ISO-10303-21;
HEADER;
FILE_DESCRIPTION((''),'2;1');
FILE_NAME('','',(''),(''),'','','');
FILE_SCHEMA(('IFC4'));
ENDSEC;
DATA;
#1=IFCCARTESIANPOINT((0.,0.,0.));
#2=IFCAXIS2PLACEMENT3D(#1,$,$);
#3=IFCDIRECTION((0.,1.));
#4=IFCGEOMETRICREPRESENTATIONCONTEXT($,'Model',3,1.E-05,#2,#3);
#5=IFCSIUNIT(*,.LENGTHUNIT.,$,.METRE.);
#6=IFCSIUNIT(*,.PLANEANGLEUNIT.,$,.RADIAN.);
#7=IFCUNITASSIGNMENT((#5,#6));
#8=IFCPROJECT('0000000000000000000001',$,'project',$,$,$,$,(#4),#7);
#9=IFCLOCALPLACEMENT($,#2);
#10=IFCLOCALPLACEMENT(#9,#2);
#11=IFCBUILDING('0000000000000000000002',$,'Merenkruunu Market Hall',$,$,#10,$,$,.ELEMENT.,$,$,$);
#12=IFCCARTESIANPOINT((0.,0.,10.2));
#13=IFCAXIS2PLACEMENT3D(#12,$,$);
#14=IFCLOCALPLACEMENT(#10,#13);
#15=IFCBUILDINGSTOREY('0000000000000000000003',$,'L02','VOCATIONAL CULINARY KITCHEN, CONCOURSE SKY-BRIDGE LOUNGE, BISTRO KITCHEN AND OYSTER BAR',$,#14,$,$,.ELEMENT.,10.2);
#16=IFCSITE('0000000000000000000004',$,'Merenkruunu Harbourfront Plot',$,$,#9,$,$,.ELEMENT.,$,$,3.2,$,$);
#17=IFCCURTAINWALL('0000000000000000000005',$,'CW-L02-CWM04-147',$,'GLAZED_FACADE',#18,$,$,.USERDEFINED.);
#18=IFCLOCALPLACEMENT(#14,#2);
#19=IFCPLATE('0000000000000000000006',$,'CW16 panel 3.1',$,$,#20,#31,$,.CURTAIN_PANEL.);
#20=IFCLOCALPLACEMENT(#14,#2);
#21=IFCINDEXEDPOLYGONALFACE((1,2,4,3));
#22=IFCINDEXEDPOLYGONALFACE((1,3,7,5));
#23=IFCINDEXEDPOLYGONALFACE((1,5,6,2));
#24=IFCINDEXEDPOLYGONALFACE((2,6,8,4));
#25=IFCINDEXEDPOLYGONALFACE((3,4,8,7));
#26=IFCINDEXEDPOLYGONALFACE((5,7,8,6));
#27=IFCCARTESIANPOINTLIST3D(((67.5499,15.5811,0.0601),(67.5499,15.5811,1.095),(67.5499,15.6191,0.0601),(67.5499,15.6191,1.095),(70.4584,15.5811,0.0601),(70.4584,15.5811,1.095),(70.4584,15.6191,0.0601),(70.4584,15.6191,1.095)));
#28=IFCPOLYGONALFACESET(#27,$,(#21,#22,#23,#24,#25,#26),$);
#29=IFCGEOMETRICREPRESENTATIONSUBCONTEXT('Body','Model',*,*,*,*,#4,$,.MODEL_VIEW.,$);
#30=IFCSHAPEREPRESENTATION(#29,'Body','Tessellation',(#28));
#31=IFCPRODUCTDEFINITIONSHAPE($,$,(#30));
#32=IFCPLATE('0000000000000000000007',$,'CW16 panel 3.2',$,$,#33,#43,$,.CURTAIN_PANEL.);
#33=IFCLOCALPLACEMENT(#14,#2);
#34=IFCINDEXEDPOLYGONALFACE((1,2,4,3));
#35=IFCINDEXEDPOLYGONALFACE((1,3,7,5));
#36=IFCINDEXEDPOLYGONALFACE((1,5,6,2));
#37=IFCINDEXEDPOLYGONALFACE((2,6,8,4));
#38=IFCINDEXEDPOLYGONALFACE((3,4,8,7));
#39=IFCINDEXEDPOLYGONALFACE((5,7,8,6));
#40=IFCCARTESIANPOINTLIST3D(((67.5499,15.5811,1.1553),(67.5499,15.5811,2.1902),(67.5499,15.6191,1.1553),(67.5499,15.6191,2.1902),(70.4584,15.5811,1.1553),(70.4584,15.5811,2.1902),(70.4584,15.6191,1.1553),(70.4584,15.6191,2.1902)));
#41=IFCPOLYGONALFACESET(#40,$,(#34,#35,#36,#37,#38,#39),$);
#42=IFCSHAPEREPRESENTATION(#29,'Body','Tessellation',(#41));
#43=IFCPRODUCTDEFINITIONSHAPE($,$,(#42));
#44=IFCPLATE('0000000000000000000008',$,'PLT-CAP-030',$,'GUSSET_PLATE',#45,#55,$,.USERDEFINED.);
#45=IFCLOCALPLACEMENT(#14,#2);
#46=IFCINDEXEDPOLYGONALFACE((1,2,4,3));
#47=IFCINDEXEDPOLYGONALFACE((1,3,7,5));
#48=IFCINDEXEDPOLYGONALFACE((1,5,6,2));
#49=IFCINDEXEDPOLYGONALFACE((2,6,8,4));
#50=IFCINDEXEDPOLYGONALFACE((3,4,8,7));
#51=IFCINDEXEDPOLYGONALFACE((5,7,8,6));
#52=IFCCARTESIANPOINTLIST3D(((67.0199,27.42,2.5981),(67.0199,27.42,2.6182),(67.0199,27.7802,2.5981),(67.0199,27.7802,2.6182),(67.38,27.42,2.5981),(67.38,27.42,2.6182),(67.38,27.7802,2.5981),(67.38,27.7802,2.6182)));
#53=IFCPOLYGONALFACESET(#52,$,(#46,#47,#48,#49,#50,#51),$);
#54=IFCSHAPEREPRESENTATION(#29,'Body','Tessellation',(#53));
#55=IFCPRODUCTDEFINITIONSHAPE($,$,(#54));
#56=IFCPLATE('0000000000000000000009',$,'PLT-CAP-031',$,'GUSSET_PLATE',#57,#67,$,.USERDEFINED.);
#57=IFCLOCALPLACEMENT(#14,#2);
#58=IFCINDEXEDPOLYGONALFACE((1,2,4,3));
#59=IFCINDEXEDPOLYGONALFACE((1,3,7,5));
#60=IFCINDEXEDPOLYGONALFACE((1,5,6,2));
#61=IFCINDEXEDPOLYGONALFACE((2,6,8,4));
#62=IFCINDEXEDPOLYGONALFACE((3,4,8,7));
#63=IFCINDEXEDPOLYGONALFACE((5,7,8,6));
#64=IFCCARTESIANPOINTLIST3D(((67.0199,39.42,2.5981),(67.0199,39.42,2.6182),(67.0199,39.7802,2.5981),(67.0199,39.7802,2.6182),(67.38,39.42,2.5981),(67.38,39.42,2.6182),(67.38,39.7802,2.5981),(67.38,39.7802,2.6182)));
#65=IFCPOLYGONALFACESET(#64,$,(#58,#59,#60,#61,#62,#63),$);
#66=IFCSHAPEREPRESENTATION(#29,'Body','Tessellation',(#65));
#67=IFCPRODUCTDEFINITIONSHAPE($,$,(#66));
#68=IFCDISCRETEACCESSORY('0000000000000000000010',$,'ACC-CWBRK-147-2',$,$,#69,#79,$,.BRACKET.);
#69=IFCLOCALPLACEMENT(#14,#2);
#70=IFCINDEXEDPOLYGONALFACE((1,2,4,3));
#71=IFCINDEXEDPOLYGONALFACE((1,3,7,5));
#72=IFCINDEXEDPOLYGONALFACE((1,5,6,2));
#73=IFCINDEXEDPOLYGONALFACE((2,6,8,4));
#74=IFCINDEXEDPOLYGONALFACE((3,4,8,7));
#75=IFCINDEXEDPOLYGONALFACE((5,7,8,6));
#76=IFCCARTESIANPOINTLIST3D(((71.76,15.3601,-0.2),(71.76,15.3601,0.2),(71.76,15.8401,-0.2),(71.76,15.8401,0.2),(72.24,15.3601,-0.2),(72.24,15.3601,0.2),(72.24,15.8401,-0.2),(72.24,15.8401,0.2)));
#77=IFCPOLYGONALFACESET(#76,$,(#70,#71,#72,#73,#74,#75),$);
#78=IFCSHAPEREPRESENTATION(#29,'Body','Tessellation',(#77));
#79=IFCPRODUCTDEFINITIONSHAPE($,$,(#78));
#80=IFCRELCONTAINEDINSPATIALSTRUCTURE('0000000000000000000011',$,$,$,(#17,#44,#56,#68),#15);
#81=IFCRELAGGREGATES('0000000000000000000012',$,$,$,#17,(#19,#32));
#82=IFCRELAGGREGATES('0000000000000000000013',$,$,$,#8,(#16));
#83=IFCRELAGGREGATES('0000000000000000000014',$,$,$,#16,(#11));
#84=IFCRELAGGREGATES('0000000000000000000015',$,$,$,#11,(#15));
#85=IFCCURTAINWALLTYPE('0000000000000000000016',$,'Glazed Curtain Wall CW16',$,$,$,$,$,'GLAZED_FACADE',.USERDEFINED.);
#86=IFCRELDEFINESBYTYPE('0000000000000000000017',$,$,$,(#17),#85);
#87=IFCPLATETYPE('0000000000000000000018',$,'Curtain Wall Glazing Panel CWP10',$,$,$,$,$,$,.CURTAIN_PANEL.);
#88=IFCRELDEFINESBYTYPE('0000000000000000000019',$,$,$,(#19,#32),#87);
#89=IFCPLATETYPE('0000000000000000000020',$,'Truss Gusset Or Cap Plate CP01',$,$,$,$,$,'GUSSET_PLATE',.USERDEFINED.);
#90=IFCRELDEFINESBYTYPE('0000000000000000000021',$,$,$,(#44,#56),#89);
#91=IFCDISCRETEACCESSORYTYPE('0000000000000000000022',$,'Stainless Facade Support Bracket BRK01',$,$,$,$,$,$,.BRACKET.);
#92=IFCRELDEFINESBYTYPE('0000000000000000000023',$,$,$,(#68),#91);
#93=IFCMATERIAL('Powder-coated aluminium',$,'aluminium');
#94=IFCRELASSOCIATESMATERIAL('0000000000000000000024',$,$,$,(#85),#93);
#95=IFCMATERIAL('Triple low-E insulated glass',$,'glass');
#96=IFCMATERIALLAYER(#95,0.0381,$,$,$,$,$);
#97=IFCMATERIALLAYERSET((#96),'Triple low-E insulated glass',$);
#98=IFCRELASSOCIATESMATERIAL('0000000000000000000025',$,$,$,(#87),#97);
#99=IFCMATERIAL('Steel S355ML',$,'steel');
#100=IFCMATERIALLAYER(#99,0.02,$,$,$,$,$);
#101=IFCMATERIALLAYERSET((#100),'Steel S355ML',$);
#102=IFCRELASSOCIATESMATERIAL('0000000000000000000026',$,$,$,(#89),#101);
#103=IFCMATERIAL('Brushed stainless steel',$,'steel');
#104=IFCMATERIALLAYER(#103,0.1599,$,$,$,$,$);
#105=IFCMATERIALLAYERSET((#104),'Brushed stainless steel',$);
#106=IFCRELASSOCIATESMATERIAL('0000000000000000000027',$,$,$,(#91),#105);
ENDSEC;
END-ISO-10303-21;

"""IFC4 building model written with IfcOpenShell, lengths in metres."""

from ifc_helpers import new_model, si_unit, direction, frame, origin, origin_2d, place, context, subcontext, project, spatial, rectangle, extrude, material, layer, layer_set, type_object, element, aggregate, save


model = new_model("IFC4")

# Units and contexts
model_context = context("Model", 3, precision=1e-05, world=origin(), true_north=direction((0.0, 1.0)))
body_context = subcontext(model_context, "Body", "Model", "MODEL_VIEW")
ifc_project = project(units=[si_unit("LENGTHUNIT", "METRE"), si_unit("PLANEANGLEUNIT", "RADIAN")], contexts=[model_context])

# Site, building, storey
site_placement = place(None, origin())
site = spatial("IfcSite", under=ifc_project, at=site_placement, Name="Merenkruunu Harbourfront Plot", CompositionType="ELEMENT", RefElevation=3.2)
building_placement = place(site_placement, origin())
building = spatial("IfcBuilding", under=site, at=building_placement, Name="Merenkruunu Market Hall", CompositionType="ELEMENT")
storey_placement = place(building_placement, frame((0.0, 0.0, 10.2)))
storey = spatial("IfcBuildingStorey", under=building, at=storey_placement, Name="L02", Description="VOCATIONAL CULINARY KITCHEN, CONCOURSE SKY-BRIDGE LOUNGE, BISTRO KITCHEN AND OYSTER BAR", CompositionType="ELEMENT", Elevation=10.2)

# Shared definitions
ifc_material_1 = material(Name="Steel S355ML", Category="steel")

# Curtain wall
ifc_material_2 = material(Name="Powder-coated aluminium", Category="aluminium")
curtain_wall_type = type_object("IfcCurtainWallType", Name="Glazed Curtain Wall CW16", ElementType="GLAZED_FACADE", PredefinedType="USERDEFINED", material=ifc_material_2)
curtain_wall_placement = place(storey_placement, origin())
curtain_wall = element("IfcCurtainWall", 1, at=curtain_wall_placement, inside=storey, type_object=curtain_wall_type, Name="CW-L02-CWM04-147", ObjectType="GLAZED_FACADE", PredefinedType="USERDEFINED")

# Plates
ifc_material_3 = material(Name="Triple low-E insulated glass", Category="glass")
ifc_layer_1 = layer(ifc_material_3, 0.0381)
ifc_layer_set_1 = layer_set([ifc_layer_1], Name="Triple low-E insulated glass")
plate_type_1 = type_object("IfcPlateType", Name="Curtain Wall Glazing Panel CWP10", PredefinedType="CURTAIN_PANEL", material=ifc_layer_set_1)
plate_1_placement = place(storey_placement, frame((69.0042, 15.6001, 0.0601), z_axis=(0.0, 0.0, 1.0), x_axis=(-1.0, 0.0, 0.0)))
plate_1 = element("IfcPlate", 2, at=plate_1_placement, type_object=plate_type_1, Name="CW16 panel 3.1", PredefinedType="CURTAIN_PANEL", context=body_context, shape_type="SweptSolid", body=[
    extrude(rectangle(XDim=2.9084, YDim=0.0381, at=origin_2d()), origin(), (0.0, 0.0, 1.0), 1.0349),
])
plate_2_placement = place(storey_placement, frame((69.0042, 15.6001, 1.1553), z_axis=(0.0, 0.0, 1.0), x_axis=(-1.0, 0.0, 0.0)))
plate_2 = element("IfcPlate", 3, at=plate_2_placement, type_object=plate_type_1, Name="CW16 panel 3.2", PredefinedType="CURTAIN_PANEL", context=body_context, shape_type="SweptSolid", body=[
    extrude(rectangle(XDim=2.9084, YDim=0.0381, at=origin_2d()), origin(), (0.0, 0.0, 1.0), 1.0349),
])
aggregate(curtain_wall, [plate_1, plate_2])

# Plates
ifc_layer_2 = layer(ifc_material_1, 0.02)
ifc_layer_set_2 = layer_set([ifc_layer_2], Name="Steel S355ML")
plate_type_2 = type_object("IfcPlateType", Name="Truss Gusset Or Cap Plate CP01", ElementType="GUSSET_PLATE", PredefinedType="USERDEFINED", material=ifc_layer_set_2)
for number, where, z_axis, x_axis, name in (
    (4, (67.2, 27.6001, 2.5981), (0.0, 0.0, 1.0), (1.0, 0.0, 0.0), "PLT-CAP-030"),
    (5, (67.2, 39.6001, 2.5981), (0.0, 0.0, 1.0), (1.0, 0.0, 0.0), "PLT-CAP-031"),
):
    element("IfcPlate", number, at=place(storey_placement, frame(where, z_axis=z_axis, x_axis=x_axis)), inside=storey, type_object=plate_type_2, Name=name, ObjectType="GUSSET_PLATE", PredefinedType="USERDEFINED", context=body_context, shape_type="SweptSolid", body=[
        extrude(rectangle(XDim=0.3601, YDim=0.3601, at=origin_2d()), origin(), (0.0, 0.0, 1.0), 0.02),
    ])

# Discrete accessory
ifc_material_4 = material(Name="Brushed stainless steel", Category="steel")
ifc_layer_3 = layer(ifc_material_4, 0.1599)
ifc_layer_set_3 = layer_set([ifc_layer_3], Name="Brushed stainless steel")
discrete_accessory_type = type_object("IfcDiscreteAccessoryType", Name="Stainless Facade Support Bracket BRK01", PredefinedType="BRACKET", material=ifc_layer_set_3)
discrete_accessory_placement = place(storey_placement, frame((72.0, 15.6001, -0.2), z_axis=(0.0, 0.0, 1.0), x_axis=(1.0, 0.0, 0.0)))
element("IfcDiscreteAccessory", 6, at=discrete_accessory_placement, inside=storey, type_object=discrete_accessory_type, Name="ACC-CWBRK-147-2", PredefinedType="BRACKET", context=body_context, shape_type="SweptSolid", body=[
    extrude(rectangle(XDim=0.48, YDim=0.48, at=origin_2d()), origin(), (0.0, 0.0, 1.0), 0.3999),
])

save(model, "model.ifc")
